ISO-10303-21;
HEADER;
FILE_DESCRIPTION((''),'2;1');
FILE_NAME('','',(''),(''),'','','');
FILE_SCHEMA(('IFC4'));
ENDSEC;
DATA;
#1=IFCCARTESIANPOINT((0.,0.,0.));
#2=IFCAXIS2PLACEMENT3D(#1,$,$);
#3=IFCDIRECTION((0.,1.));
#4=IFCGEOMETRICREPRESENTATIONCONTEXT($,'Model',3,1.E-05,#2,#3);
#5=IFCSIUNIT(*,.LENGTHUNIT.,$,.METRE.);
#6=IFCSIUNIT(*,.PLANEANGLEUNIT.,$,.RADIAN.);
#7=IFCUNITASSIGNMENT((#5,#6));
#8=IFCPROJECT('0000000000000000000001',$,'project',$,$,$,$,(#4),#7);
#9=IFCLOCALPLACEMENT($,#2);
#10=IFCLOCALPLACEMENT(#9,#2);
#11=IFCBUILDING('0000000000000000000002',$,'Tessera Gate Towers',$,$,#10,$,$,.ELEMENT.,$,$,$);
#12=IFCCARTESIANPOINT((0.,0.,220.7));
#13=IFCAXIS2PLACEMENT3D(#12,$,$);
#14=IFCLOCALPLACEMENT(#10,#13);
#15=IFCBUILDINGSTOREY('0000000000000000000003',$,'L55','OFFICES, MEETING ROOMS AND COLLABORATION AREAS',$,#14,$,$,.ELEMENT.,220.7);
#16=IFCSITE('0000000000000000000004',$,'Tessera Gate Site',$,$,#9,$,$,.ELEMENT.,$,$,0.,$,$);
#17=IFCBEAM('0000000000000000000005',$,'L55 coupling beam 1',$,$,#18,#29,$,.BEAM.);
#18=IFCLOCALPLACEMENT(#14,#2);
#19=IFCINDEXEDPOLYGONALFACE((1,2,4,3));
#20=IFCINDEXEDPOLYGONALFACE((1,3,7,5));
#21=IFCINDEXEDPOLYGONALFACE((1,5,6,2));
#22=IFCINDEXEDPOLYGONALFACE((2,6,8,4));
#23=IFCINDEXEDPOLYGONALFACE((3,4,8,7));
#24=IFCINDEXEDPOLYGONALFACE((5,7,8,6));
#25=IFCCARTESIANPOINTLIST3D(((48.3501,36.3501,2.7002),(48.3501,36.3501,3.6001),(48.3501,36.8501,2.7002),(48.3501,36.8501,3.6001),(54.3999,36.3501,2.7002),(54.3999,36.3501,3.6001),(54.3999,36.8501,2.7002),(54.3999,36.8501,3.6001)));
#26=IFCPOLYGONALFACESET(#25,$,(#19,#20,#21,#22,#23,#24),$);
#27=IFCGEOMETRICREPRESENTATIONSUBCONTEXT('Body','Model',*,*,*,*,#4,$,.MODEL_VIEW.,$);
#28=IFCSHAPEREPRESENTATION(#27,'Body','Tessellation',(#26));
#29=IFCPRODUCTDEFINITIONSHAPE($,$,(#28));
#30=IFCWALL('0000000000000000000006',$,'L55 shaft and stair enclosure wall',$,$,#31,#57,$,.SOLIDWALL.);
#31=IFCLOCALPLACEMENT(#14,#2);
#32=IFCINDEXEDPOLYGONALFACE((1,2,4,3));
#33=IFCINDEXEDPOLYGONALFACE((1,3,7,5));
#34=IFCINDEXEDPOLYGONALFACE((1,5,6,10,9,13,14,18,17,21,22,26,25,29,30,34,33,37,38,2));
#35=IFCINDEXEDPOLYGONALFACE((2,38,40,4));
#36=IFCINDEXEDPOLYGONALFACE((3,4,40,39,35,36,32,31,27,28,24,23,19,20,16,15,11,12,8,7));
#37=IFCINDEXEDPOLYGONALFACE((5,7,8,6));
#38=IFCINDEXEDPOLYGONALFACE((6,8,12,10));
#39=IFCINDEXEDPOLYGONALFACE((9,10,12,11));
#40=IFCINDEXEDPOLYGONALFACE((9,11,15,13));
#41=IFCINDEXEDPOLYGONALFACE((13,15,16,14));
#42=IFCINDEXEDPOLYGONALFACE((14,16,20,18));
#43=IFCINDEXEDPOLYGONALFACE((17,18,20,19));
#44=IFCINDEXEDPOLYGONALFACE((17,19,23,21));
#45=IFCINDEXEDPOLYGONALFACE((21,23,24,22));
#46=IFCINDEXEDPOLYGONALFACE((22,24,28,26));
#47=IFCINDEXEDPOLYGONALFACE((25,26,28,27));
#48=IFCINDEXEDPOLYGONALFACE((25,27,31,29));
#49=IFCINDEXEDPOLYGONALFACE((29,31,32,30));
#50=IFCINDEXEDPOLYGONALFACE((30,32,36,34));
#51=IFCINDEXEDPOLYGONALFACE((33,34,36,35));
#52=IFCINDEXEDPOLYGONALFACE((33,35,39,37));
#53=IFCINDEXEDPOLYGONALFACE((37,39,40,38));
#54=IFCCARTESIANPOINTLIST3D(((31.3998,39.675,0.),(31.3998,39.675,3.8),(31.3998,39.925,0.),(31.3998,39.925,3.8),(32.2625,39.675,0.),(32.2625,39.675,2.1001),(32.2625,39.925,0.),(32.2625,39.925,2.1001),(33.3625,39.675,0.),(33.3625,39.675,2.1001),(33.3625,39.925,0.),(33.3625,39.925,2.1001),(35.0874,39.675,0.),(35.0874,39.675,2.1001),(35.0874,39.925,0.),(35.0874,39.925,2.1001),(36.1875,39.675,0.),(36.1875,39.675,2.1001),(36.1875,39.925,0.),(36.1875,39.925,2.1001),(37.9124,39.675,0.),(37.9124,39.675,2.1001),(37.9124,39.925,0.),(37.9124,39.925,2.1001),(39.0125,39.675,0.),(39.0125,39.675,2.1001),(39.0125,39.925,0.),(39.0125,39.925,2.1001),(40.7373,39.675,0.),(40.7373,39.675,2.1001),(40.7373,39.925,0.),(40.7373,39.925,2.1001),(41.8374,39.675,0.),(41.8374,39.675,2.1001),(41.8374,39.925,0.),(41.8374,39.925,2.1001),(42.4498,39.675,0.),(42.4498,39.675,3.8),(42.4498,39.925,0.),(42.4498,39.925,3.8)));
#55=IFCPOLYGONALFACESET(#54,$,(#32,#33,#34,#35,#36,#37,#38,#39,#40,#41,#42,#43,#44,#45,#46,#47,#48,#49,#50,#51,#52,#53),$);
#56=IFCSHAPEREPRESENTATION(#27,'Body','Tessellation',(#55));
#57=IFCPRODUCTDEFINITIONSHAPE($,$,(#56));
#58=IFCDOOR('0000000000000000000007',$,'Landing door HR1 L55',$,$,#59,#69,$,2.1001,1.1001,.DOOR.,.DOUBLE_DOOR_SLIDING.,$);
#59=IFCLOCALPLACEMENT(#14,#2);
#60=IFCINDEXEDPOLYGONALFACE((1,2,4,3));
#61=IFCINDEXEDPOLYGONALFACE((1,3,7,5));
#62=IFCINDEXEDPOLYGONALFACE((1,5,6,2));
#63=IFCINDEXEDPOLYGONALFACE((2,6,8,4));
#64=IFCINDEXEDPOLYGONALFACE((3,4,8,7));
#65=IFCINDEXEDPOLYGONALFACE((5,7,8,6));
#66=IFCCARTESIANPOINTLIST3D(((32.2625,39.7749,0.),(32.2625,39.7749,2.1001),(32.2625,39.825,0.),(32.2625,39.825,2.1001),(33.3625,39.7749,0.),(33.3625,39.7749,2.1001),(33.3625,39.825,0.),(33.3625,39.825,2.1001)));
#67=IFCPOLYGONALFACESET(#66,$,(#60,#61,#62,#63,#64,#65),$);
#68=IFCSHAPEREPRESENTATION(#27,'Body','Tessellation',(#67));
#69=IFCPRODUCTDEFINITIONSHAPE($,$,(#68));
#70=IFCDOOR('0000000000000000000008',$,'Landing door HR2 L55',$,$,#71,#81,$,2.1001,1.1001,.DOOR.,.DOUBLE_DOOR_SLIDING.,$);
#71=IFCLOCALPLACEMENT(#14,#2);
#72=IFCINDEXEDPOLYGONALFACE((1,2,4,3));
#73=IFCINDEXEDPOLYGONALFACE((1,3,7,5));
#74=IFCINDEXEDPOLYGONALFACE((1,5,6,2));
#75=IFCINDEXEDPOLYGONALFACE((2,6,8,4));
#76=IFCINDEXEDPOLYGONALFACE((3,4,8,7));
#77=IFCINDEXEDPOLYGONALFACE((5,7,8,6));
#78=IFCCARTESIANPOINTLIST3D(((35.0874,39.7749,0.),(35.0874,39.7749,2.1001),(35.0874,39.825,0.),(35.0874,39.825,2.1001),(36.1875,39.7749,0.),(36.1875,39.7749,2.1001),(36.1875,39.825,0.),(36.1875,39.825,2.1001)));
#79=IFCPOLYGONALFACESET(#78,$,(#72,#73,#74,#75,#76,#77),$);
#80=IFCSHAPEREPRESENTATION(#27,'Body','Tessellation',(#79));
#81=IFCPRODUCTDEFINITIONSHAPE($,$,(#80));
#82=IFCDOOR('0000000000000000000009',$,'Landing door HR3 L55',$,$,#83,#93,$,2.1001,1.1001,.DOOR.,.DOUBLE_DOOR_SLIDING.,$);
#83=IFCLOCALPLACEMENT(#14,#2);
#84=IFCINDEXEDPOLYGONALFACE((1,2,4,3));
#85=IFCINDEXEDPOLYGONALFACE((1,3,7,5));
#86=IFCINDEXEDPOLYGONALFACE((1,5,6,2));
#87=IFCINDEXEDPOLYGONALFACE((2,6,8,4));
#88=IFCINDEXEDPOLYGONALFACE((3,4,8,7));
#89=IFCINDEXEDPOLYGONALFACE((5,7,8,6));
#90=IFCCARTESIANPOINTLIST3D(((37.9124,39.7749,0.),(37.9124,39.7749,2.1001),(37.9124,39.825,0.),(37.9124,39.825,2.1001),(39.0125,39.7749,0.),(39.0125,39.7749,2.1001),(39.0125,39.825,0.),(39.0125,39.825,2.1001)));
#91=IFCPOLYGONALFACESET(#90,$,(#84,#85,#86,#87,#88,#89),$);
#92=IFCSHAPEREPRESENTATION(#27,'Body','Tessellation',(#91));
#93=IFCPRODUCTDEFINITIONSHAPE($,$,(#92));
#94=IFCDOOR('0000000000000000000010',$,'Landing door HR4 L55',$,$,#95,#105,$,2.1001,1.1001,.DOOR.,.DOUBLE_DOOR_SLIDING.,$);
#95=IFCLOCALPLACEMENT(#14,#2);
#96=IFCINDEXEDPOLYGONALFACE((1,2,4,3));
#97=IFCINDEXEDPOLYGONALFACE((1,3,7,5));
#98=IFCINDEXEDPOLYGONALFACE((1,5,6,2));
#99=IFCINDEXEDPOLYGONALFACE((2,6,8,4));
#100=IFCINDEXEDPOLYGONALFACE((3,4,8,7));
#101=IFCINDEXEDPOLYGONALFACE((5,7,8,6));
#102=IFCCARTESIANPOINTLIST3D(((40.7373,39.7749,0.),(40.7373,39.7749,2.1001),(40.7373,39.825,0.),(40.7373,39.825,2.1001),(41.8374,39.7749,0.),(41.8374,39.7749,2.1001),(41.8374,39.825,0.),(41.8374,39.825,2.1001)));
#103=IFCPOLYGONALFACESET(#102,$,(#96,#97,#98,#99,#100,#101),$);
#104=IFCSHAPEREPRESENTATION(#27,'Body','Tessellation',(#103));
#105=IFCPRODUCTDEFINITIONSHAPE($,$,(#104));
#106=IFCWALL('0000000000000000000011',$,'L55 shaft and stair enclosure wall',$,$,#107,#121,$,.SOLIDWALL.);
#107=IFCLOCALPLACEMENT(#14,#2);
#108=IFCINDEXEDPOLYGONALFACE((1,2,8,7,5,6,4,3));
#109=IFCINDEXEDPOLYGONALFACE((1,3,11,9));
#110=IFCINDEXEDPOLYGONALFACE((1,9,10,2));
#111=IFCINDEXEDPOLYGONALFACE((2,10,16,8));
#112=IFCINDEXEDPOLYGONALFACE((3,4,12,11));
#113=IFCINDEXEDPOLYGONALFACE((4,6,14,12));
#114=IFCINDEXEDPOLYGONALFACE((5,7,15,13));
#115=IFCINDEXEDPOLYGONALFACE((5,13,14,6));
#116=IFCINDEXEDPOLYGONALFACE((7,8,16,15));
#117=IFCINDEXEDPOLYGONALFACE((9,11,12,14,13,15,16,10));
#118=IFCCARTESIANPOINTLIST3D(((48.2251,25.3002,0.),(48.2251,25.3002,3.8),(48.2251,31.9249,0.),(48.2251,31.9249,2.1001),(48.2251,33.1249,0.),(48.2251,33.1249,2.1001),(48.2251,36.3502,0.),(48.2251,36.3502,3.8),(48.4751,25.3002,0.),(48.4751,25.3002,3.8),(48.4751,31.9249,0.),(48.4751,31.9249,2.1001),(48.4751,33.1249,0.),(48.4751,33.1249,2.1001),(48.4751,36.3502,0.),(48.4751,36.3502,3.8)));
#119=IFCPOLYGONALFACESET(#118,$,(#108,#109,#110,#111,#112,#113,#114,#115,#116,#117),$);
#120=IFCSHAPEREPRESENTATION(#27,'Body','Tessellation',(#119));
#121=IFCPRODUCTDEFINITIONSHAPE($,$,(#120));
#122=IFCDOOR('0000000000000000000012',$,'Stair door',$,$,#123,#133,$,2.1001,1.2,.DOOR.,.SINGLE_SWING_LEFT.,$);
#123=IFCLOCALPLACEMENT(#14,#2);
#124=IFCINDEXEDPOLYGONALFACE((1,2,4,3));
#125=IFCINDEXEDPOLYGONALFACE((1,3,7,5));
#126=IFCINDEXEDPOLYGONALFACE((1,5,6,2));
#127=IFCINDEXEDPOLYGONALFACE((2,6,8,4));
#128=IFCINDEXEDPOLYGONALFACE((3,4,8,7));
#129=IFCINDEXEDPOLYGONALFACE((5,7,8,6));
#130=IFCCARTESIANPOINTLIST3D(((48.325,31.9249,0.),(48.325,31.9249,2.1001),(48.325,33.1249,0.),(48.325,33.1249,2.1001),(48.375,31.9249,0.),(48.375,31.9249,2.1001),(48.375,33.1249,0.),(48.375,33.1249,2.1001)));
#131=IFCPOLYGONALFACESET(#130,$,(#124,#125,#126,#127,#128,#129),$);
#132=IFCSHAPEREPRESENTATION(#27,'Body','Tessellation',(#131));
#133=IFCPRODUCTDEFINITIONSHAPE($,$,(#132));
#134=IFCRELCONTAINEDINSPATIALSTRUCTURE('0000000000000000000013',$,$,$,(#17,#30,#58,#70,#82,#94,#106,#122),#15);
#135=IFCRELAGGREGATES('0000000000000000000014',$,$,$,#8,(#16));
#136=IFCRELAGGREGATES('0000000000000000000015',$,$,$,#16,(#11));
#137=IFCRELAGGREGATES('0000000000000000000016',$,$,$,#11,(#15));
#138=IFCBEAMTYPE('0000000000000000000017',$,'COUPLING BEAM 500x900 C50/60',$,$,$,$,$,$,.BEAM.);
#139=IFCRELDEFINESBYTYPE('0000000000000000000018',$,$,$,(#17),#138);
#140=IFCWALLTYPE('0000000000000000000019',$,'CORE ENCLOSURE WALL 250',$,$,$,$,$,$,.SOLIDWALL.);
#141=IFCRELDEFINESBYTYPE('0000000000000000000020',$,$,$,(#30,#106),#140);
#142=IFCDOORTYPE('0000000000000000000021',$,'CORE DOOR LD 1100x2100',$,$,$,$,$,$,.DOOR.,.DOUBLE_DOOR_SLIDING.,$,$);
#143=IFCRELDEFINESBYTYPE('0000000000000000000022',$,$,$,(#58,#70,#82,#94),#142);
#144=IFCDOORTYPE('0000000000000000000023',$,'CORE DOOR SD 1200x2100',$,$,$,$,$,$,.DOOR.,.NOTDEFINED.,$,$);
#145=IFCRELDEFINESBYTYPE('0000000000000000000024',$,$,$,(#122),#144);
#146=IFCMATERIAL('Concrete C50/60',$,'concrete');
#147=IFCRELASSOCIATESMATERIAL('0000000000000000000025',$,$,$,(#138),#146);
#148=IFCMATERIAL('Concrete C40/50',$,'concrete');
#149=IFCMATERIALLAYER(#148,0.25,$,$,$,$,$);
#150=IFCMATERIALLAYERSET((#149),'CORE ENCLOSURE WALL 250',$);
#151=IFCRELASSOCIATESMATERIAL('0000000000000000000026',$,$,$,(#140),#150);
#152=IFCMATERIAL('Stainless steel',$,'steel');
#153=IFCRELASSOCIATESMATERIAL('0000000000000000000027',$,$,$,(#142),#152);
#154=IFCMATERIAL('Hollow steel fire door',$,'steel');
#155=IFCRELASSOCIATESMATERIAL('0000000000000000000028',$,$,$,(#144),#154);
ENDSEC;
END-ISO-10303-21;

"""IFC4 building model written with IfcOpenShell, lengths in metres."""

from ifc_helpers import new_model, si_unit, direction, frame, frame_2d, origin, origin_2d, place, context, subcontext, project, spatial, rectangle, extrude, source, transform, mapped, material, layer, layer_set, material_profile, profile_set, type_object, element, fill, save


model = new_model("IFC4")

# Units and contexts
model_context = context("Model", 3, precision=1e-05, world=origin(), true_north=direction((0.0, 1.0)))
body_context = subcontext(model_context, "Body", "Model", "MODEL_VIEW")
ifc_project = project(units=[si_unit("LENGTHUNIT", "METRE"), si_unit("PLANEANGLEUNIT", "RADIAN")], contexts=[model_context])

# Site, building, storey
site_placement = place(None, origin())
site = spatial("IfcSite", under=ifc_project, at=site_placement, Name="Tessera Gate Site", CompositionType="ELEMENT", RefElevation=0.0)
building_placement = place(site_placement, origin())
building = spatial("IfcBuilding", under=site, at=building_placement, Name="Tessera Gate Towers", CompositionType="ELEMENT")
storey_placement = place(building_placement, frame((0.0, 0.0, 220.7)))
storey = spatial("IfcBuildingStorey", under=building, at=storey_placement, Name="L55", Description="OFFICES, MEETING ROOMS AND COLLABORATION AREAS", CompositionType="ELEMENT", Elevation=220.7)

# Beam
ifc_material_1 = material(Name="Concrete C50/60", Category="concrete")
ifc_material_profile = material_profile(ifc_material_1, rectangle(XDim=0.5, YDim=0.8999, at=origin_2d()), Name="RC 500x900")
ifc_profile_set = profile_set([ifc_material_profile], Name="Concrete C50/60")
beam_type = type_object("IfcBeamType", Name="COUPLING BEAM 500x900 C50/60", PredefinedType="BEAM", material=ifc_profile_set)
beam_placement = place(storey_placement, frame((48.3501, 36.6001, 3.1501), z_axis=(1.0, 0.0, 0.0), x_axis=(0.0, 1.0, 0.0)))
element("IfcBeam", 1, at=beam_placement, inside=storey, type_object=beam_type, Name="L55 coupling beam 1", PredefinedType="BEAM", context=body_context, shape_type="SweptSolid", body=[
    extrude(rectangle(XDim=0.5, YDim=0.8999, at=origin_2d()), origin(), (0.0, 0.0, 1.0), 6.0498),
])

# Wall, openings, doors
ifc_material_2 = material(Name="Concrete C40/50", Category="concrete")
ifc_layer_1 = layer(ifc_material_2, 0.25)
ifc_layer_set_1 = layer_set([ifc_layer_1], Name="CORE ENCLOSURE WALL 250")
wall_type_1 = type_object("IfcWallType", Name="CORE ENCLOSURE WALL 250", PredefinedType="SOLIDWALL", material=ifc_layer_set_1)
wall_1_placement = place(storey_placement, frame((31.3999, 39.8, 0.0), z_axis=(0.0, 0.0, 1.0), x_axis=(1.0, 0.0, 0.0)))
wall_1 = element("IfcWall", 2, at=wall_1_placement, inside=storey, type_object=wall_type_1, Name="L55 shaft and stair enclosure wall", PredefinedType="SOLIDWALL", context=body_context, shape_type="SweptSolid", body=[
    extrude(rectangle(XDim=11.05, YDim=0.25, at=frame_2d((5.5249, 0.0))), origin(), (0.0, 0.0, 1.0), 3.8),
])
shared_shape_1 = source(origin(), body_context, "Body", "SweptSolid", [
    extrude(rectangle(XDim=1.1001, YDim=2.1001, at=frame_2d((0.55, 1.05))), frame((0.0, 0.135, 0.0), z_axis=(0.0, -1.0, 0.0), x_axis=(1.0, 0.0, 0.0)), (0.0, 0.0, 1.0), 0.27),
])
opening_1_placement = place(wall_1_placement, frame((0.8625, 0.0, 0.0)))
opening_1 = element("IfcOpeningElement", 3, at=opening_1_placement, cuts=wall_1, PredefinedType="OPENING", context=body_context, shape_type="MappedRepresentation", body=[
    mapped(shared_shape_1, transform((0.0, 0.0, 0.0), scale=1.0)),
])
opening_2_placement = place(wall_1_placement, frame((3.6875, 0.0, 0.0)))
opening_2 = element("IfcOpeningElement", 4, at=opening_2_placement, cuts=wall_1, PredefinedType="OPENING", context=body_context, shape_type="MappedRepresentation", body=[
    mapped(shared_shape_1, transform((0.0, 0.0, 0.0), scale=1.0)),
])
opening_3_placement = place(wall_1_placement, frame((6.5125, 0.0, 0.0)))
opening_3 = element("IfcOpeningElement", 5, at=opening_3_placement, cuts=wall_1, PredefinedType="OPENING", context=body_context, shape_type="MappedRepresentation", body=[
    mapped(shared_shape_1, transform((0.0, 0.0, 0.0), scale=1.0)),
])
opening_4_placement = place(wall_1_placement, frame((9.3374, 0.0, 0.0)))
opening_4 = element("IfcOpeningElement", 6, at=opening_4_placement, cuts=wall_1, PredefinedType="OPENING", context=body_context, shape_type="MappedRepresentation", body=[
    mapped(shared_shape_1, transform((0.0, 0.0, 0.0), scale=1.0)),
])
ifc_material_3 = material(Name="Stainless steel", Category="steel")
door_type_1 = type_object("IfcDoorType", Name="CORE DOOR LD 1100x2100", OperationType="DOUBLE_DOOR_SLIDING", PredefinedType="DOOR", material=ifc_material_3)
shared_shape_2 = source(origin(), body_context, "Body", "SweptSolid", [
    extrude(rectangle(XDim=1.1001, YDim=2.1001, at=frame_2d((0.55, 1.05))), frame((0.0, 0.0249, 0.0), z_axis=(0.0, -1.0, 0.0), x_axis=(1.0, 0.0, 0.0)), (0.0, 0.0, 1.0), 0.05),
])
door_1_placement = place(opening_1_placement, origin())
door_1 = element("IfcDoor", 7, at=door_1_placement, inside=storey, type_object=door_type_1, Name="Landing door HR1 L55", OperationType="DOUBLE_DOOR_SLIDING", OverallHeight=2.1001, OverallWidth=1.1001, PredefinedType="DOOR", context=body_context, shape_type="MappedRepresentation", body=[
    mapped(shared_shape_2, transform((0.0, 0.0, 0.0), scale=1.0)),
])
fill(opening_1, door_1)
door_2_placement = place(opening_2_placement, origin())
door_2 = element("IfcDoor", 8, at=door_2_placement, inside=storey, type_object=door_type_1, Name="Landing door HR2 L55", OperationType="DOUBLE_DOOR_SLIDING", OverallHeight=2.1001, OverallWidth=1.1001, PredefinedType="DOOR", context=body_context, shape_type="MappedRepresentation", body=[
    mapped(shared_shape_2, transform((0.0, 0.0, 0.0), scale=1.0)),
])
fill(opening_2, door_2)
door_3_placement = place(opening_3_placement, origin())
door_3 = element("IfcDoor", 9, at=door_3_placement, inside=storey, type_object=door_type_1, Name="Landing door HR3 L55", OperationType="DOUBLE_DOOR_SLIDING", OverallHeight=2.1001, OverallWidth=1.1001, PredefinedType="DOOR", context=body_context, shape_type="MappedRepresentation", body=[
    mapped(shared_shape_2, transform((0.0, 0.0, 0.0), scale=1.0)),
])
fill(opening_3, door_3)
door_4_placement = place(opening_4_placement, origin())
door_4 = element("IfcDoor", 10, at=door_4_placement, inside=storey, type_object=door_type_1, Name="Landing door HR4 L55", OperationType="DOUBLE_DOOR_SLIDING", OverallHeight=2.1001, OverallWidth=1.1001, PredefinedType="DOOR", context=body_context, shape_type="MappedRepresentation", body=[
    mapped(shared_shape_2, transform((0.0, 0.0, 0.0), scale=1.0)),
])
fill(opening_4, door_4)

# Wall, opening, door
wall_2_placement = place(storey_placement, frame((48.3501, 36.3501, 0.0), z_axis=(0.0, 0.0, 1.0), x_axis=(0.0, -1.0, 0.0)))
wall_2 = element("IfcWall", 11, at=wall_2_placement, inside=storey, type_object=wall_type_1, Name="L55 shaft and stair enclosure wall", PredefinedType="SOLIDWALL", context=body_context, shape_type="SweptSolid", body=[
    extrude(rectangle(XDim=11.05, YDim=0.25, at=frame_2d((5.5249, 0.0))), origin(), (0.0, 0.0, 1.0), 3.8),
])
shared_shape_3 = source(origin(), body_context, "Body", "SweptSolid", [
    extrude(rectangle(XDim=1.2, YDim=2.1001, at=frame_2d((0.6001, 1.05))), frame((0.0, 0.135, 0.0), z_axis=(0.0, -1.0, 0.0), x_axis=(1.0, 0.0, 0.0)), (0.0, 0.0, 1.0), 0.27),
])
opening_5_placement = place(wall_2_placement, frame((3.2251, 0.0, 0.0)))
opening_5 = element("IfcOpeningElement", 12, at=opening_5_placement, cuts=wall_2, PredefinedType="OPENING", context=body_context, shape_type="MappedRepresentation", body=[
    mapped(shared_shape_3, transform((0.0, 0.0, 0.0), scale=1.0)),
])
ifc_material_4 = material(Name="Hollow steel fire door", Category="steel")
door_type_2 = type_object("IfcDoorType", Name="CORE DOOR SD 1200x2100", OperationType="NOTDEFINED", PredefinedType="DOOR", material=ifc_material_4)
shared_shape_4 = source(origin(), body_context, "Body", "SweptSolid", [
    extrude(rectangle(XDim=1.2, YDim=2.1001, at=frame_2d((0.6001, 1.05))), frame((0.0, 0.0249, 0.0), z_axis=(0.0, -1.0, 0.0), x_axis=(1.0, 0.0, 0.0)), (0.0, 0.0, 1.0), 0.05),
])
door_5_placement = place(opening_5_placement, origin())
door_5 = element("IfcDoor", 13, at=door_5_placement, inside=storey, type_object=door_type_2, Name="Stair door", OperationType="SINGLE_SWING_LEFT", OverallHeight=2.1001, OverallWidth=1.2, PredefinedType="DOOR", context=body_context, shape_type="MappedRepresentation", body=[
    mapped(shared_shape_4, transform((0.0, 0.0, 0.0), scale=1.0)),
])
fill(opening_5, door_5)

save(model, "model.ifc")
